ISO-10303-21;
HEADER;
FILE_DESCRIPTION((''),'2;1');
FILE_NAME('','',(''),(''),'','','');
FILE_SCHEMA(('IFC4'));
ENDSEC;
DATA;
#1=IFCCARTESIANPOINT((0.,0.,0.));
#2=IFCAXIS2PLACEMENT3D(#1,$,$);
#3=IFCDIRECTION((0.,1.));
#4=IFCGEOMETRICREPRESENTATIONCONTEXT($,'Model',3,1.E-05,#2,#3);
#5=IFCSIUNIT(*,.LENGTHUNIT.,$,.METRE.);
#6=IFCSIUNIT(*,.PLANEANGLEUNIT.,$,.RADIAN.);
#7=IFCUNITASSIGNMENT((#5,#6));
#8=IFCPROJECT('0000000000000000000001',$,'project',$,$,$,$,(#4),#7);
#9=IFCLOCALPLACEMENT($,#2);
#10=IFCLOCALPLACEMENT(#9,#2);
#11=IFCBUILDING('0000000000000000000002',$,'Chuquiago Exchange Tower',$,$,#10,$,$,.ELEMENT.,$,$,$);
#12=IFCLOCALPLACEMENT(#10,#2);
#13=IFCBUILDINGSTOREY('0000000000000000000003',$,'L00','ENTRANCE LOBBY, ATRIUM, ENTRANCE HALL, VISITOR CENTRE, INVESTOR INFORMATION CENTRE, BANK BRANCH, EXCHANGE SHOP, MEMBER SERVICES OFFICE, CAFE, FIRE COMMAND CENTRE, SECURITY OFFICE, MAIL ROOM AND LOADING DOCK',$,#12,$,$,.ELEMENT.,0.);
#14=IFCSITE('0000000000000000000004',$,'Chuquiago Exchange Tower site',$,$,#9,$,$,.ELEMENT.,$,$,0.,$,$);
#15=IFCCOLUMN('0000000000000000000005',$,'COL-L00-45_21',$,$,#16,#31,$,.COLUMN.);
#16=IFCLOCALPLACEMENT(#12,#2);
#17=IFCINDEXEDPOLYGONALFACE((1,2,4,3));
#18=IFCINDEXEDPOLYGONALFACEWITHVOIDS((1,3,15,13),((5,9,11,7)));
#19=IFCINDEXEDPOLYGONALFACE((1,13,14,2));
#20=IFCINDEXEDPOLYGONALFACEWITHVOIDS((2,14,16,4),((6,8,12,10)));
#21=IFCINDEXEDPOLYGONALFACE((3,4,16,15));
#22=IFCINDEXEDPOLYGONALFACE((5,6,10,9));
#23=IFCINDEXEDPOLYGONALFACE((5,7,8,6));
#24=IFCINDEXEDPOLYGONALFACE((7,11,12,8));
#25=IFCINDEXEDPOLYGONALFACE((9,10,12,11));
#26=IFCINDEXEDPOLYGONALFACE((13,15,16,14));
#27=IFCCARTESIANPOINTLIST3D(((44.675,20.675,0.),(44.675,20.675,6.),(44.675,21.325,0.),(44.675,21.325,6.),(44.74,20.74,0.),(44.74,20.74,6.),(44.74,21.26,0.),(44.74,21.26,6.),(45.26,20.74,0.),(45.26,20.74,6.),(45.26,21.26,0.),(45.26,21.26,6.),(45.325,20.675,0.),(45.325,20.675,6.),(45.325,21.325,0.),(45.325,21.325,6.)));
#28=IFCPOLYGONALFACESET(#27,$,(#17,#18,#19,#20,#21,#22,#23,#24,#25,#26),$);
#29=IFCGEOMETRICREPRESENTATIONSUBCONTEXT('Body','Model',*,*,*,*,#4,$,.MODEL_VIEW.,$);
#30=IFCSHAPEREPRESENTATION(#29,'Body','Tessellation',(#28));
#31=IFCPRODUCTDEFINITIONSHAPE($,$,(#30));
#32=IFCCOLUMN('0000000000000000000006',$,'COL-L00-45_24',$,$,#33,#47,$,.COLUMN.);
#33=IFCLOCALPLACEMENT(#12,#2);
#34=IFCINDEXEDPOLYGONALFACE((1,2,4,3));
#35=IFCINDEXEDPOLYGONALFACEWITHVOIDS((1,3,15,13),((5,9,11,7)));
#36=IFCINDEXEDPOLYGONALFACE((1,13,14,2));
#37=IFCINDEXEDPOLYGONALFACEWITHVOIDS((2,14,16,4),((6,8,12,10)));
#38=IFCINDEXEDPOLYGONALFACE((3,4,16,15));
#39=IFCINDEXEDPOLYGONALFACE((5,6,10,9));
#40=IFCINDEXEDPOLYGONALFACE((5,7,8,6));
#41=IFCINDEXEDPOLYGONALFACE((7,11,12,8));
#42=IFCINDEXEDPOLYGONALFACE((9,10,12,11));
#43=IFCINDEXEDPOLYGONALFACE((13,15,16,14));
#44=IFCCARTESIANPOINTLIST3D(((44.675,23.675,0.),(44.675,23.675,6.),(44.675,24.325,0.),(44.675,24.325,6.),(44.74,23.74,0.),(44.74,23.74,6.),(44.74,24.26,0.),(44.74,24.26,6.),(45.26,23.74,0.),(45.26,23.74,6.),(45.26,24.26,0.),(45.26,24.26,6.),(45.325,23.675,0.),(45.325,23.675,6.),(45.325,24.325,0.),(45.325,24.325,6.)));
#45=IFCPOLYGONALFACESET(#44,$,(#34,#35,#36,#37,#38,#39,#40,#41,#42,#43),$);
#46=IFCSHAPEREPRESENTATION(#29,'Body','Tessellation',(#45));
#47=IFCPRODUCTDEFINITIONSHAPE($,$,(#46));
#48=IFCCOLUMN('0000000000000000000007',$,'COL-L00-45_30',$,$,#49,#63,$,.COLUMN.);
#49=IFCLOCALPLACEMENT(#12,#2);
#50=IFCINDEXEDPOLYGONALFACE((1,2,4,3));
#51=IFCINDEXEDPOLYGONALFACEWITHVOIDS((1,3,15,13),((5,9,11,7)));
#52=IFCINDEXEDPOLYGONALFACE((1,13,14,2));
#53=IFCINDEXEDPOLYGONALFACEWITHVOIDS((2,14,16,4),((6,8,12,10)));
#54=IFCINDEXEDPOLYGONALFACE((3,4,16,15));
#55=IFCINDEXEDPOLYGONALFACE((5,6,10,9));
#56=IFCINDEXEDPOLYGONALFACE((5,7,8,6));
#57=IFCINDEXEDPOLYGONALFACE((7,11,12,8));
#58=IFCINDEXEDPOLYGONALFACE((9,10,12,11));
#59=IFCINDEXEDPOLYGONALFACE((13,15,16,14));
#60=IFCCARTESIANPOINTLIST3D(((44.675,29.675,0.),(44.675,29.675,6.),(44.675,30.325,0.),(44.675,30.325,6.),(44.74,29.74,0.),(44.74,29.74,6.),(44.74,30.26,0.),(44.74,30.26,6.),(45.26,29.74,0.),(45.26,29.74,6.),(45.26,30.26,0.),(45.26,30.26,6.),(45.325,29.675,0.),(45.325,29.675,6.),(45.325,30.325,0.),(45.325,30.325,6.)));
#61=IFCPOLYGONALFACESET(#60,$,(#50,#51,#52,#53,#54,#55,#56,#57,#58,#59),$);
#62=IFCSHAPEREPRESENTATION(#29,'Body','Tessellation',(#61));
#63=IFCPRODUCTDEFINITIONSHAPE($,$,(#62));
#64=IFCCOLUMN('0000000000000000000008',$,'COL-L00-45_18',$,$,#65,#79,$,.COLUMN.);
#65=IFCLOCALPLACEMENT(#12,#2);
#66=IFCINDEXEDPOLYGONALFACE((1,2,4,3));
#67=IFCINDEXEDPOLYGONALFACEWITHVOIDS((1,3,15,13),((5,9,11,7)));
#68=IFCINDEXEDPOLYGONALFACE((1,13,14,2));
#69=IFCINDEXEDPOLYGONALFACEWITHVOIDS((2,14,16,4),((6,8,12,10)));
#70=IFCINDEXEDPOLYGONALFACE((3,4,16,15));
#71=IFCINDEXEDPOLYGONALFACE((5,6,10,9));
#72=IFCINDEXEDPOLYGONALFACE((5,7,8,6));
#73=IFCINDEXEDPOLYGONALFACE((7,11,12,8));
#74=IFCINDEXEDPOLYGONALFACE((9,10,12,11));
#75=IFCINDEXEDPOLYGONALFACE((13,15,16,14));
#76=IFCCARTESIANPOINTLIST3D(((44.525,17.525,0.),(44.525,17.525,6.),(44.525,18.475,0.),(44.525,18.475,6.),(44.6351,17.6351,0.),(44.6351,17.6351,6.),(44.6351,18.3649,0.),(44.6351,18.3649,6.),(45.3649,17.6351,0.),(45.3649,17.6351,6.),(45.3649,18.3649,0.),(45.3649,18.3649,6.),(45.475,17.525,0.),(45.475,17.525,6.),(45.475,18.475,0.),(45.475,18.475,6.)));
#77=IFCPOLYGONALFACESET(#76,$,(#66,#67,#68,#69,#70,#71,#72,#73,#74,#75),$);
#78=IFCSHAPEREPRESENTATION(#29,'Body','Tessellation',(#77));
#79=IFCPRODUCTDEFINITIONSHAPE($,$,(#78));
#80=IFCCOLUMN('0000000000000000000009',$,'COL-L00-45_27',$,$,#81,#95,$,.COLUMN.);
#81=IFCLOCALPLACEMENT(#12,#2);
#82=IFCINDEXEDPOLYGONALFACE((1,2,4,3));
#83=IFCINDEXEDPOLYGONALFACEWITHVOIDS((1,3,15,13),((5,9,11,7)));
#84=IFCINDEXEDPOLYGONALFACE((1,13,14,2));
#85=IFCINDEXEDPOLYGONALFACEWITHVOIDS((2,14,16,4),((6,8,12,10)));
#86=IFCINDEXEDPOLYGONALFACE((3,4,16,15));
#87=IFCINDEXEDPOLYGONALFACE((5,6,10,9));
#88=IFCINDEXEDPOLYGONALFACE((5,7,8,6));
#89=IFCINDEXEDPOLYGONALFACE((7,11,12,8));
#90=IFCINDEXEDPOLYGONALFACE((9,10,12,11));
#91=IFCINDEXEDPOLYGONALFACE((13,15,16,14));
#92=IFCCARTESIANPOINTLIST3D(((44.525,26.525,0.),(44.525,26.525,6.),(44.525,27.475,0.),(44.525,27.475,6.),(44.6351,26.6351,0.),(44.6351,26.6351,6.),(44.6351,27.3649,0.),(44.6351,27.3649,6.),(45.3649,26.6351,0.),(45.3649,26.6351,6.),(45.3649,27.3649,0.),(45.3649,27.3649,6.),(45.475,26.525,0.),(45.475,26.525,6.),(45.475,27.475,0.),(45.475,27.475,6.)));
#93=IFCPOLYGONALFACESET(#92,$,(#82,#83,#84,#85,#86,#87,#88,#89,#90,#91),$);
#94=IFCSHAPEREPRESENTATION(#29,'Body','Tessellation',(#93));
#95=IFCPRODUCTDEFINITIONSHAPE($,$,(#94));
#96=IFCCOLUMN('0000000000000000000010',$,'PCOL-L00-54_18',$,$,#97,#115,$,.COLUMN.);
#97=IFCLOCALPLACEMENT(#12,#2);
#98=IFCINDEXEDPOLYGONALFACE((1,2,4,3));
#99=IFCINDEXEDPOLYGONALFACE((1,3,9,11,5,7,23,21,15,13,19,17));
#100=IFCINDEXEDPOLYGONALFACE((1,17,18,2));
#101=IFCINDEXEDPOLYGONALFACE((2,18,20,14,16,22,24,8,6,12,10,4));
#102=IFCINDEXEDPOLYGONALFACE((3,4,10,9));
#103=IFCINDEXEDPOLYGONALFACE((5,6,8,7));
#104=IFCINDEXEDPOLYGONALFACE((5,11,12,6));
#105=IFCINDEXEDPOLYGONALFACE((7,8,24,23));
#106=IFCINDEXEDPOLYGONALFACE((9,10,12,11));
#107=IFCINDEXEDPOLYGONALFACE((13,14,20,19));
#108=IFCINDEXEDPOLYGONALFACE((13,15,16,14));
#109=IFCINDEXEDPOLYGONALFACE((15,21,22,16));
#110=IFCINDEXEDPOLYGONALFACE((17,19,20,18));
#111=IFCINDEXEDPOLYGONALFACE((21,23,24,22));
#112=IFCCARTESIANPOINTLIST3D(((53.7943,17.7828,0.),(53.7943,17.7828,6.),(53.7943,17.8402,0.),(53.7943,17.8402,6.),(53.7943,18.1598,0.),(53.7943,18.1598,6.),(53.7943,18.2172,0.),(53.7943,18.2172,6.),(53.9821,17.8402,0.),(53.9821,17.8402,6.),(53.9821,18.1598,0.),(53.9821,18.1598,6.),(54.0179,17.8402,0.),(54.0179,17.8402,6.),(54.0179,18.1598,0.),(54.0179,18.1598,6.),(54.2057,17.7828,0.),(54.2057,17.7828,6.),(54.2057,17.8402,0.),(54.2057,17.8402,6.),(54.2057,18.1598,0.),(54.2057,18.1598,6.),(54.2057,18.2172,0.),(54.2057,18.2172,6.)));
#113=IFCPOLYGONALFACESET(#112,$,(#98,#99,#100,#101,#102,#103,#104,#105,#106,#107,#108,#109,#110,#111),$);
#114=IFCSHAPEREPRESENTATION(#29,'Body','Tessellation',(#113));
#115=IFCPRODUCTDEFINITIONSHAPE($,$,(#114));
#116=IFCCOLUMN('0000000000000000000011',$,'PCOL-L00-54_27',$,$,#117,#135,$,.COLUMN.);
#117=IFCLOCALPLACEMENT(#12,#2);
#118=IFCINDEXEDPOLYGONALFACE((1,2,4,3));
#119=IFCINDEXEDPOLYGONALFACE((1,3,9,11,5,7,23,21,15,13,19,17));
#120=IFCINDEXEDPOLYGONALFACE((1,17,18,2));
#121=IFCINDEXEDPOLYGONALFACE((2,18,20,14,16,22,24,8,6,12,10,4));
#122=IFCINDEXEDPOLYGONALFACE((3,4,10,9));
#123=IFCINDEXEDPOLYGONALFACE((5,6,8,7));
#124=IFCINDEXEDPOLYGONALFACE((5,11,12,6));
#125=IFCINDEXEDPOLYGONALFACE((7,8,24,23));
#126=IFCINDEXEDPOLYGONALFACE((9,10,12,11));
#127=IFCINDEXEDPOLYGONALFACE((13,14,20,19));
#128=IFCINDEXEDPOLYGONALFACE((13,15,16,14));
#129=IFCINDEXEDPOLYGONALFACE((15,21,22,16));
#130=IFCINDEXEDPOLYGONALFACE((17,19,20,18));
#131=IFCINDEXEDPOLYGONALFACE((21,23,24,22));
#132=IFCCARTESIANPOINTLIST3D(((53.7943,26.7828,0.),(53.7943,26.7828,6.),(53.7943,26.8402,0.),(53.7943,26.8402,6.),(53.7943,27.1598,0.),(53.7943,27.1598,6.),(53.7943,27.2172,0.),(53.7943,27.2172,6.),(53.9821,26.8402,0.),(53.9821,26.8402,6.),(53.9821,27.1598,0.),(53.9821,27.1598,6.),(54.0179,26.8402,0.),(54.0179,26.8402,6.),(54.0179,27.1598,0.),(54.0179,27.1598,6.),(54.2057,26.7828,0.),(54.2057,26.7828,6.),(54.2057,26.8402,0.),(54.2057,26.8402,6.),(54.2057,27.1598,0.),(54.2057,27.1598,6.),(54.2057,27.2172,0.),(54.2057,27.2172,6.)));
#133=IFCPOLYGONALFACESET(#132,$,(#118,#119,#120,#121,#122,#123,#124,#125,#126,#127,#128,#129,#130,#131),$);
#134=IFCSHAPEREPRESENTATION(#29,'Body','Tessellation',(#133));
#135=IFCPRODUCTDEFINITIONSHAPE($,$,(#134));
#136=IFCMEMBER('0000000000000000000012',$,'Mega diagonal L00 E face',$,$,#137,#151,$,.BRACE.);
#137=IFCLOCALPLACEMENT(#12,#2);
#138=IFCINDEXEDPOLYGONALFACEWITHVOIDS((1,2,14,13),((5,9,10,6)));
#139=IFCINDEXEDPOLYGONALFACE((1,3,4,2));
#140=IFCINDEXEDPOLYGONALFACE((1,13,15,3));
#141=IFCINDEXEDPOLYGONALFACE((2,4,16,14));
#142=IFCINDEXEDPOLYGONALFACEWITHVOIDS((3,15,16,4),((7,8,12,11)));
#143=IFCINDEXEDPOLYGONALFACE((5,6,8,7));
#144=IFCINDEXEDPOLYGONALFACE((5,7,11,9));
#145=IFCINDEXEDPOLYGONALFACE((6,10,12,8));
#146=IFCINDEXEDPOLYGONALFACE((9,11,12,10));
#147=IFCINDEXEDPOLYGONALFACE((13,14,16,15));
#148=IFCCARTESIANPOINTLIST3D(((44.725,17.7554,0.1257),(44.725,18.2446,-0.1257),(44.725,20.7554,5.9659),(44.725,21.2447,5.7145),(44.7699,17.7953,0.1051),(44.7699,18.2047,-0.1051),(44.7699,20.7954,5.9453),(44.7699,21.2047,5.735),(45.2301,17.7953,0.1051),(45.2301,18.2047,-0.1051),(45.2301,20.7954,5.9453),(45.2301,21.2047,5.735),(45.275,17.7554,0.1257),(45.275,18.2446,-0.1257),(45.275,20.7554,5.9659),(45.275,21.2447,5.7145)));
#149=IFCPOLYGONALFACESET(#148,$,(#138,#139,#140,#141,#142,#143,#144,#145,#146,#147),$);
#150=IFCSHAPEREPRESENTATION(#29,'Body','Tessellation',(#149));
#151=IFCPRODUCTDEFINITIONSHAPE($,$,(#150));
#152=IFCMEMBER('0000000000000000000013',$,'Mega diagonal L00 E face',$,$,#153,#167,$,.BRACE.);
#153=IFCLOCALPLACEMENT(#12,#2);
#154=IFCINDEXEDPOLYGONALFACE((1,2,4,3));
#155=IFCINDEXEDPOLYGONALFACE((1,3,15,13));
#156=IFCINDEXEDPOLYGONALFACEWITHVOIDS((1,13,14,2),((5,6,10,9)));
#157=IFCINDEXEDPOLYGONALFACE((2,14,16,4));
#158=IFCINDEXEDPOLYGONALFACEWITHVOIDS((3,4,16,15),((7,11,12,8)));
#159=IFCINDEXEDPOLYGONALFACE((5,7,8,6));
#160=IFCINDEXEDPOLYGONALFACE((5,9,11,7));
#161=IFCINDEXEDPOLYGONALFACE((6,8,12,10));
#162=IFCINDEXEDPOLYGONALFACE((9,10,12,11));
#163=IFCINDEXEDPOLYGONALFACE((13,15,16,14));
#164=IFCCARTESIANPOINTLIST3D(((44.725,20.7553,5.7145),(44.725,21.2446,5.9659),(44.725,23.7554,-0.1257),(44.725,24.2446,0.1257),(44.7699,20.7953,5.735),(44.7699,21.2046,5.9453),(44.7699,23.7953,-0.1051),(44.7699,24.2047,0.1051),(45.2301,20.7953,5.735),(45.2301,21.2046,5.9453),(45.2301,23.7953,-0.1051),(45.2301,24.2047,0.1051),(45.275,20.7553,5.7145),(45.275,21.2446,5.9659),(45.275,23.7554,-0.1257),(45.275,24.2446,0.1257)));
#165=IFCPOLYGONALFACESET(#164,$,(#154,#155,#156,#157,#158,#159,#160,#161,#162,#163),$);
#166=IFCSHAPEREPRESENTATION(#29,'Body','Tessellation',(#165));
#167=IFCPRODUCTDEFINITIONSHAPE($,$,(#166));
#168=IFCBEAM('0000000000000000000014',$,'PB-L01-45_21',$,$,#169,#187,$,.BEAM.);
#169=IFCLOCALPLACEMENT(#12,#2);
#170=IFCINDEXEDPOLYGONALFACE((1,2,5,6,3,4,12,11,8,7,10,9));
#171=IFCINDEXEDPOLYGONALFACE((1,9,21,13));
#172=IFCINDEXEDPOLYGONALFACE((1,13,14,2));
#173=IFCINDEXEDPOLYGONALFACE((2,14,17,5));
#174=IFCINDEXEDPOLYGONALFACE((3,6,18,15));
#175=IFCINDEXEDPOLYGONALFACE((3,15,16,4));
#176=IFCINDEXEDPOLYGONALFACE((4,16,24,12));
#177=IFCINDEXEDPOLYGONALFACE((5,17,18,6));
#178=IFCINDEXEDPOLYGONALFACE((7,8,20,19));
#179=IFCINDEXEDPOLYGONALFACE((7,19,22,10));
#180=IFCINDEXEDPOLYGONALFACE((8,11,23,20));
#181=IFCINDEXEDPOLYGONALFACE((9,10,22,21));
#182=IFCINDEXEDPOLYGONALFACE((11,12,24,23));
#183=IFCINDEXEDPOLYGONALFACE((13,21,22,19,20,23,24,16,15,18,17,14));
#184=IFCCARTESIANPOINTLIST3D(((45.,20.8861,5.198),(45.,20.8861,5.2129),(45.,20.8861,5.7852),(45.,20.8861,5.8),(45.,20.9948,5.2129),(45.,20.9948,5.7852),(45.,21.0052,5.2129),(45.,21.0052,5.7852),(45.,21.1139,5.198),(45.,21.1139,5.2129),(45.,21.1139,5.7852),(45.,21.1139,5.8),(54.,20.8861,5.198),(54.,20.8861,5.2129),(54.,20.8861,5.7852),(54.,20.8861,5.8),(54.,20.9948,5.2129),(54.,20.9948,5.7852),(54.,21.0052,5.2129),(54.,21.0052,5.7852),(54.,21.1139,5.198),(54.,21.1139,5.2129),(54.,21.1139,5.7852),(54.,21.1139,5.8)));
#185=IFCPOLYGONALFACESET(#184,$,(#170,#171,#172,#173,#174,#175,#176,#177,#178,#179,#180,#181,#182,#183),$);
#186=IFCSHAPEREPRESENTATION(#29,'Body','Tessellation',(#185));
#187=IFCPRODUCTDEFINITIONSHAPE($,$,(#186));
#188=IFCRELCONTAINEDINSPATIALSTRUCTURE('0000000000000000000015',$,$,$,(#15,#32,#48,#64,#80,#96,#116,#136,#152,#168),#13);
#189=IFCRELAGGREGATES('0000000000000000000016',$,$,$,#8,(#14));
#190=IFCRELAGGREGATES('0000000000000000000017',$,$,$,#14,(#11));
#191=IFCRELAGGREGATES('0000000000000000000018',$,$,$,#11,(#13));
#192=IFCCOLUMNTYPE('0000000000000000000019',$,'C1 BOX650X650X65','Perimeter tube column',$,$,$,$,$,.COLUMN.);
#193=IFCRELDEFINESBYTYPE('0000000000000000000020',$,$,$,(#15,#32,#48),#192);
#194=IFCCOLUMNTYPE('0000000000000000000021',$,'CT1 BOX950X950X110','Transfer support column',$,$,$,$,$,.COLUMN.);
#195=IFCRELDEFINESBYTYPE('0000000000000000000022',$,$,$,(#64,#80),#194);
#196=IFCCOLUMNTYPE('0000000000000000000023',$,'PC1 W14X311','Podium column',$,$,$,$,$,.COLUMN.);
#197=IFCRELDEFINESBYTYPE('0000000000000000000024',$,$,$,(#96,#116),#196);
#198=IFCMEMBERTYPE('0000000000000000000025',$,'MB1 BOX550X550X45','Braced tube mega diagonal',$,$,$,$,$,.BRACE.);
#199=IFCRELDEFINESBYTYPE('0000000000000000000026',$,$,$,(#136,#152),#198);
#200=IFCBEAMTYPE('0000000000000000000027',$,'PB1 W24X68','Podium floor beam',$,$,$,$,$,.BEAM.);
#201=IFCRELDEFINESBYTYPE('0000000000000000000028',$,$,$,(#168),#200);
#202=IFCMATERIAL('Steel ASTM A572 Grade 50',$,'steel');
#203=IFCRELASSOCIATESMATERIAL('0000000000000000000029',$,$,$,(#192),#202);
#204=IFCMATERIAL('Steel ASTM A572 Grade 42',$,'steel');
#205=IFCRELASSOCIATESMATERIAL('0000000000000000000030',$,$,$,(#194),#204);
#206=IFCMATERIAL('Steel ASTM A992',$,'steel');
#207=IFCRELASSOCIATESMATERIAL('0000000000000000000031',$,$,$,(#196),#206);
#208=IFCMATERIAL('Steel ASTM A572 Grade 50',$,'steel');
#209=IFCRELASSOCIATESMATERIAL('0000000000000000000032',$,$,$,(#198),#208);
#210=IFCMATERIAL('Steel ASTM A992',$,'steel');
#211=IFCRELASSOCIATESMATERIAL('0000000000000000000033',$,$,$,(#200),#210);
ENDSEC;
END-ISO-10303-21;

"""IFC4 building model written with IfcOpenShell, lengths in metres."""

from ifc_helpers import new_model, si_unit, direction, frame, origin, origin_2d, place, context, subcontext, project, spatial, hollow_rectangle, i_section, extrude, material, material_profile, profile_set, type_object, element, save


model = new_model("IFC4")

# Units and contexts
model_context = context("Model", 3, precision=1e-05, world=origin(), true_north=direction((0.0, 1.0)))
body_context = subcontext(model_context, "Body", "Model", "MODEL_VIEW")
ifc_project = project(units=[si_unit("LENGTHUNIT", "METRE"), si_unit("PLANEANGLEUNIT", "RADIAN")], contexts=[model_context])

# Site, building, storey
site_placement = place(None, origin())
site = spatial("IfcSite", under=ifc_project, at=site_placement, Name="Chuquiago Exchange Tower site", CompositionType="ELEMENT", RefElevation=0.0)
building_placement = place(site_placement, origin())
building = spatial("IfcBuilding", under=site, at=building_placement, Name="Chuquiago Exchange Tower", CompositionType="ELEMENT")
storey_placement = place(building_placement, origin())
storey = spatial("IfcBuildingStorey", under=building, at=storey_placement, Name="L00", Description="ENTRANCE LOBBY, ATRIUM, ENTRANCE HALL, VISITOR CENTRE, INVESTOR INFORMATION CENTRE, BANK BRANCH, EXCHANGE SHOP, MEMBER SERVICES OFFICE, CAFE, FIRE COMMAND CENTRE, SECURITY OFFICE, MAIL ROOM AND LOADING DOCK", CompositionType="ELEMENT", Elevation=0.0)

# Columns
ifc_material_1 = material(Name="Steel ASTM A572 Grade 50", Category="steel")
ifc_material_profile_1 = material_profile(ifc_material_1, hollow_rectangle(XDim=0.6499, YDim=0.6499, WallThickness=0.0649, at=origin_2d()), Name="BOX650X650X65")
ifc_profile_set_1 = profile_set([ifc_material_profile_1], Name="Steel ASTM A572 Grade 50")
column_type_1 = type_object("IfcColumnType", Name="C1 BOX650X650X65", Description="Perimeter tube column", PredefinedType="COLUMN", material=ifc_profile_set_1)
for number, where, z_axis, x_axis, name in (
    (1, (45.0, 21.0, 0.0), (0.0, 0.0, 1.0), (1.0, 0.0, 0.0), "COL-L00-45_21"),
    (2, (45.0, 24.0, 0.0), (0.0, 0.0, 1.0), (1.0, 0.0, 0.0), "COL-L00-45_24"),
    (3, (45.0, 30.0, 0.0), (0.0, 0.0, 1.0), (1.0, 0.0, 0.0), "COL-L00-45_30"),
):
    element("IfcColumn", number, at=place(storey_placement, frame(where, z_axis=z_axis, x_axis=x_axis)), inside=storey, type_object=column_type_1, Name=name, PredefinedType="COLUMN", context=body_context, shape_type="SweptSolid", body=[
        extrude(hollow_rectangle(XDim=0.6499, YDim=0.6499, WallThickness=0.0649, at=origin_2d()), origin(), (0.0, 0.0, 1.0), 6.0),
    ])
ifc_material_2 = material(Name="Steel ASTM A572 Grade 42", Category="steel")
ifc_material_profile_2 = material_profile(ifc_material_2, hollow_rectangle(XDim=0.95, YDim=0.95, WallThickness=0.1101, at=origin_2d()), Name="BOX950X950X110")
ifc_profile_set_2 = profile_set([ifc_material_profile_2], Name="Steel ASTM A572 Grade 42")
column_type_2 = type_object("IfcColumnType", Name="CT1 BOX950X950X110", Description="Transfer support column", PredefinedType="COLUMN", material=ifc_profile_set_2)
for number, where, z_axis, x_axis, name in (
    (4, (45.0, 18.0, 0.0), (0.0, 0.0, 1.0), (1.0, 0.0, 0.0), "COL-L00-45_18"),
    (5, (45.0, 27.0, 0.0), (0.0, 0.0, 1.0), (1.0, 0.0, 0.0), "COL-L00-45_27"),
):
    element("IfcColumn", number, at=place(storey_placement, frame(where, z_axis=z_axis, x_axis=x_axis)), inside=storey, type_object=column_type_2, Name=name, PredefinedType="COLUMN", context=body_context, shape_type="SweptSolid", body=[
        extrude(hollow_rectangle(XDim=0.95, YDim=0.95, WallThickness=0.1101, at=origin_2d()), origin(), (0.0, 0.0, 1.0), 6.0),
    ])
ifc_material_3 = material(Name="Steel ASTM A992", Category="steel")
ifc_material_profile_3 = material_profile(ifc_material_3, i_section(OverallWidth=0.4114, OverallDepth=0.4343, WebThickness=0.0359, FlangeThickness=0.0574, at=origin_2d()), Name="W14X311")
ifc_profile_set_3 = profile_set([ifc_material_profile_3], Name="Steel ASTM A992")
column_type_3 = type_object("IfcColumnType", Name="PC1 W14X311", Description="Podium column", PredefinedType="COLUMN", material=ifc_profile_set_3)
for number, where, z_axis, x_axis, name in (
    (6, (54.0, 18.0, 0.0), (0.0, 0.0, 1.0), (1.0, 0.0, 0.0), "PCOL-L00-54_18"),
    (7, (54.0, 27.0, 0.0), (0.0, 0.0, 1.0), (1.0, 0.0, 0.0), "PCOL-L00-54_27"),
):
    element("IfcColumn", number, at=place(storey_placement, frame(where, z_axis=z_axis, x_axis=x_axis)), inside=storey, type_object=column_type_3, Name=name, PredefinedType="COLUMN", context=body_context, shape_type="SweptSolid", body=[
        extrude(i_section(OverallWidth=0.4114, OverallDepth=0.4343, WebThickness=0.0359, FlangeThickness=0.0574, at=origin_2d()), origin(), (0.0, 0.0, 1.0), 6.0),
    ])

# Members
ifc_material_4 = material(Name="Steel ASTM A572 Grade 50", Category="steel")
ifc_material_profile_4 = material_profile(ifc_material_4, hollow_rectangle(XDim=0.55, YDim=0.55, WallThickness=0.0449, at=origin_2d()), Name="BOX550X550X45")
ifc_profile_set_4 = profile_set([ifc_material_profile_4], Name="Steel ASTM A572 Grade 50")
member_type = type_object("IfcMemberType", Name="MB1 BOX550X550X45", Description="Braced tube mega diagonal", PredefinedType="BRACE", material=ifc_profile_set_4)
for number, where, z_axis, x_axis, name in (
    (8, (45.0, 18.0, 0.0), (0.0, 0.45693, 0.889503), (-1.0, 0.0, 0.0), "Mega diagonal L00 E face"),
    (9, (45.0, 24.0, 0.0), (0.0, -0.45693, 0.889503), (1.0, 0.0, 0.0), "Mega diagonal L00 E face"),
):
    element("IfcMember", number, at=place(storey_placement, frame(where, z_axis=z_axis, x_axis=x_axis)), inside=storey, type_object=member_type, Name=name, PredefinedType="BRACE", context=body_context, shape_type="SweptSolid", body=[
        extrude(hollow_rectangle(XDim=0.55, YDim=0.55, WallThickness=0.0449, at=origin_2d()), origin(), (0.0, 0.0, 1.0), 6.5657),
    ])

# Beam
ifc_material_5 = material(Name="Steel ASTM A992", Category="steel")
ifc_material_profile_5 = material_profile(ifc_material_5, i_section(OverallWidth=0.2278, OverallDepth=0.6021, WebThickness=0.0105, FlangeThickness=0.0149, at=origin_2d()), Name="W24X68")
ifc_profile_set_5 = profile_set([ifc_material_profile_5], Name="Steel ASTM A992")
beam_type_1 = type_object("IfcBeamType", Name="PB1 W24X68", Description="Podium floor beam", PredefinedType="BEAM", material=ifc_profile_set_5)
for number, where, z_axis, x_axis, name in (
    (10, (45.0, 21.0, 5.499), (1.0, 0.0, 0.0), (0.0, 1.0, 0.0), "PB-L01-45_21"),
):
    element("IfcBeam", number, at=place(storey_placement, frame(where, z_axis=z_axis, x_axis=x_axis)), inside=storey, type_object=beam_type_1, Name=name, PredefinedType="BEAM", context=body_context, shape_type="SweptSolid", body=[
        extrude(i_section(OverallWidth=0.2278, OverallDepth=0.6021, WebThickness=0.0105, FlangeThickness=0.0149, at=origin_2d()), origin(), (0.0, 0.0, 1.0), 9.0),
    ])

save(model, "model.ifc")
